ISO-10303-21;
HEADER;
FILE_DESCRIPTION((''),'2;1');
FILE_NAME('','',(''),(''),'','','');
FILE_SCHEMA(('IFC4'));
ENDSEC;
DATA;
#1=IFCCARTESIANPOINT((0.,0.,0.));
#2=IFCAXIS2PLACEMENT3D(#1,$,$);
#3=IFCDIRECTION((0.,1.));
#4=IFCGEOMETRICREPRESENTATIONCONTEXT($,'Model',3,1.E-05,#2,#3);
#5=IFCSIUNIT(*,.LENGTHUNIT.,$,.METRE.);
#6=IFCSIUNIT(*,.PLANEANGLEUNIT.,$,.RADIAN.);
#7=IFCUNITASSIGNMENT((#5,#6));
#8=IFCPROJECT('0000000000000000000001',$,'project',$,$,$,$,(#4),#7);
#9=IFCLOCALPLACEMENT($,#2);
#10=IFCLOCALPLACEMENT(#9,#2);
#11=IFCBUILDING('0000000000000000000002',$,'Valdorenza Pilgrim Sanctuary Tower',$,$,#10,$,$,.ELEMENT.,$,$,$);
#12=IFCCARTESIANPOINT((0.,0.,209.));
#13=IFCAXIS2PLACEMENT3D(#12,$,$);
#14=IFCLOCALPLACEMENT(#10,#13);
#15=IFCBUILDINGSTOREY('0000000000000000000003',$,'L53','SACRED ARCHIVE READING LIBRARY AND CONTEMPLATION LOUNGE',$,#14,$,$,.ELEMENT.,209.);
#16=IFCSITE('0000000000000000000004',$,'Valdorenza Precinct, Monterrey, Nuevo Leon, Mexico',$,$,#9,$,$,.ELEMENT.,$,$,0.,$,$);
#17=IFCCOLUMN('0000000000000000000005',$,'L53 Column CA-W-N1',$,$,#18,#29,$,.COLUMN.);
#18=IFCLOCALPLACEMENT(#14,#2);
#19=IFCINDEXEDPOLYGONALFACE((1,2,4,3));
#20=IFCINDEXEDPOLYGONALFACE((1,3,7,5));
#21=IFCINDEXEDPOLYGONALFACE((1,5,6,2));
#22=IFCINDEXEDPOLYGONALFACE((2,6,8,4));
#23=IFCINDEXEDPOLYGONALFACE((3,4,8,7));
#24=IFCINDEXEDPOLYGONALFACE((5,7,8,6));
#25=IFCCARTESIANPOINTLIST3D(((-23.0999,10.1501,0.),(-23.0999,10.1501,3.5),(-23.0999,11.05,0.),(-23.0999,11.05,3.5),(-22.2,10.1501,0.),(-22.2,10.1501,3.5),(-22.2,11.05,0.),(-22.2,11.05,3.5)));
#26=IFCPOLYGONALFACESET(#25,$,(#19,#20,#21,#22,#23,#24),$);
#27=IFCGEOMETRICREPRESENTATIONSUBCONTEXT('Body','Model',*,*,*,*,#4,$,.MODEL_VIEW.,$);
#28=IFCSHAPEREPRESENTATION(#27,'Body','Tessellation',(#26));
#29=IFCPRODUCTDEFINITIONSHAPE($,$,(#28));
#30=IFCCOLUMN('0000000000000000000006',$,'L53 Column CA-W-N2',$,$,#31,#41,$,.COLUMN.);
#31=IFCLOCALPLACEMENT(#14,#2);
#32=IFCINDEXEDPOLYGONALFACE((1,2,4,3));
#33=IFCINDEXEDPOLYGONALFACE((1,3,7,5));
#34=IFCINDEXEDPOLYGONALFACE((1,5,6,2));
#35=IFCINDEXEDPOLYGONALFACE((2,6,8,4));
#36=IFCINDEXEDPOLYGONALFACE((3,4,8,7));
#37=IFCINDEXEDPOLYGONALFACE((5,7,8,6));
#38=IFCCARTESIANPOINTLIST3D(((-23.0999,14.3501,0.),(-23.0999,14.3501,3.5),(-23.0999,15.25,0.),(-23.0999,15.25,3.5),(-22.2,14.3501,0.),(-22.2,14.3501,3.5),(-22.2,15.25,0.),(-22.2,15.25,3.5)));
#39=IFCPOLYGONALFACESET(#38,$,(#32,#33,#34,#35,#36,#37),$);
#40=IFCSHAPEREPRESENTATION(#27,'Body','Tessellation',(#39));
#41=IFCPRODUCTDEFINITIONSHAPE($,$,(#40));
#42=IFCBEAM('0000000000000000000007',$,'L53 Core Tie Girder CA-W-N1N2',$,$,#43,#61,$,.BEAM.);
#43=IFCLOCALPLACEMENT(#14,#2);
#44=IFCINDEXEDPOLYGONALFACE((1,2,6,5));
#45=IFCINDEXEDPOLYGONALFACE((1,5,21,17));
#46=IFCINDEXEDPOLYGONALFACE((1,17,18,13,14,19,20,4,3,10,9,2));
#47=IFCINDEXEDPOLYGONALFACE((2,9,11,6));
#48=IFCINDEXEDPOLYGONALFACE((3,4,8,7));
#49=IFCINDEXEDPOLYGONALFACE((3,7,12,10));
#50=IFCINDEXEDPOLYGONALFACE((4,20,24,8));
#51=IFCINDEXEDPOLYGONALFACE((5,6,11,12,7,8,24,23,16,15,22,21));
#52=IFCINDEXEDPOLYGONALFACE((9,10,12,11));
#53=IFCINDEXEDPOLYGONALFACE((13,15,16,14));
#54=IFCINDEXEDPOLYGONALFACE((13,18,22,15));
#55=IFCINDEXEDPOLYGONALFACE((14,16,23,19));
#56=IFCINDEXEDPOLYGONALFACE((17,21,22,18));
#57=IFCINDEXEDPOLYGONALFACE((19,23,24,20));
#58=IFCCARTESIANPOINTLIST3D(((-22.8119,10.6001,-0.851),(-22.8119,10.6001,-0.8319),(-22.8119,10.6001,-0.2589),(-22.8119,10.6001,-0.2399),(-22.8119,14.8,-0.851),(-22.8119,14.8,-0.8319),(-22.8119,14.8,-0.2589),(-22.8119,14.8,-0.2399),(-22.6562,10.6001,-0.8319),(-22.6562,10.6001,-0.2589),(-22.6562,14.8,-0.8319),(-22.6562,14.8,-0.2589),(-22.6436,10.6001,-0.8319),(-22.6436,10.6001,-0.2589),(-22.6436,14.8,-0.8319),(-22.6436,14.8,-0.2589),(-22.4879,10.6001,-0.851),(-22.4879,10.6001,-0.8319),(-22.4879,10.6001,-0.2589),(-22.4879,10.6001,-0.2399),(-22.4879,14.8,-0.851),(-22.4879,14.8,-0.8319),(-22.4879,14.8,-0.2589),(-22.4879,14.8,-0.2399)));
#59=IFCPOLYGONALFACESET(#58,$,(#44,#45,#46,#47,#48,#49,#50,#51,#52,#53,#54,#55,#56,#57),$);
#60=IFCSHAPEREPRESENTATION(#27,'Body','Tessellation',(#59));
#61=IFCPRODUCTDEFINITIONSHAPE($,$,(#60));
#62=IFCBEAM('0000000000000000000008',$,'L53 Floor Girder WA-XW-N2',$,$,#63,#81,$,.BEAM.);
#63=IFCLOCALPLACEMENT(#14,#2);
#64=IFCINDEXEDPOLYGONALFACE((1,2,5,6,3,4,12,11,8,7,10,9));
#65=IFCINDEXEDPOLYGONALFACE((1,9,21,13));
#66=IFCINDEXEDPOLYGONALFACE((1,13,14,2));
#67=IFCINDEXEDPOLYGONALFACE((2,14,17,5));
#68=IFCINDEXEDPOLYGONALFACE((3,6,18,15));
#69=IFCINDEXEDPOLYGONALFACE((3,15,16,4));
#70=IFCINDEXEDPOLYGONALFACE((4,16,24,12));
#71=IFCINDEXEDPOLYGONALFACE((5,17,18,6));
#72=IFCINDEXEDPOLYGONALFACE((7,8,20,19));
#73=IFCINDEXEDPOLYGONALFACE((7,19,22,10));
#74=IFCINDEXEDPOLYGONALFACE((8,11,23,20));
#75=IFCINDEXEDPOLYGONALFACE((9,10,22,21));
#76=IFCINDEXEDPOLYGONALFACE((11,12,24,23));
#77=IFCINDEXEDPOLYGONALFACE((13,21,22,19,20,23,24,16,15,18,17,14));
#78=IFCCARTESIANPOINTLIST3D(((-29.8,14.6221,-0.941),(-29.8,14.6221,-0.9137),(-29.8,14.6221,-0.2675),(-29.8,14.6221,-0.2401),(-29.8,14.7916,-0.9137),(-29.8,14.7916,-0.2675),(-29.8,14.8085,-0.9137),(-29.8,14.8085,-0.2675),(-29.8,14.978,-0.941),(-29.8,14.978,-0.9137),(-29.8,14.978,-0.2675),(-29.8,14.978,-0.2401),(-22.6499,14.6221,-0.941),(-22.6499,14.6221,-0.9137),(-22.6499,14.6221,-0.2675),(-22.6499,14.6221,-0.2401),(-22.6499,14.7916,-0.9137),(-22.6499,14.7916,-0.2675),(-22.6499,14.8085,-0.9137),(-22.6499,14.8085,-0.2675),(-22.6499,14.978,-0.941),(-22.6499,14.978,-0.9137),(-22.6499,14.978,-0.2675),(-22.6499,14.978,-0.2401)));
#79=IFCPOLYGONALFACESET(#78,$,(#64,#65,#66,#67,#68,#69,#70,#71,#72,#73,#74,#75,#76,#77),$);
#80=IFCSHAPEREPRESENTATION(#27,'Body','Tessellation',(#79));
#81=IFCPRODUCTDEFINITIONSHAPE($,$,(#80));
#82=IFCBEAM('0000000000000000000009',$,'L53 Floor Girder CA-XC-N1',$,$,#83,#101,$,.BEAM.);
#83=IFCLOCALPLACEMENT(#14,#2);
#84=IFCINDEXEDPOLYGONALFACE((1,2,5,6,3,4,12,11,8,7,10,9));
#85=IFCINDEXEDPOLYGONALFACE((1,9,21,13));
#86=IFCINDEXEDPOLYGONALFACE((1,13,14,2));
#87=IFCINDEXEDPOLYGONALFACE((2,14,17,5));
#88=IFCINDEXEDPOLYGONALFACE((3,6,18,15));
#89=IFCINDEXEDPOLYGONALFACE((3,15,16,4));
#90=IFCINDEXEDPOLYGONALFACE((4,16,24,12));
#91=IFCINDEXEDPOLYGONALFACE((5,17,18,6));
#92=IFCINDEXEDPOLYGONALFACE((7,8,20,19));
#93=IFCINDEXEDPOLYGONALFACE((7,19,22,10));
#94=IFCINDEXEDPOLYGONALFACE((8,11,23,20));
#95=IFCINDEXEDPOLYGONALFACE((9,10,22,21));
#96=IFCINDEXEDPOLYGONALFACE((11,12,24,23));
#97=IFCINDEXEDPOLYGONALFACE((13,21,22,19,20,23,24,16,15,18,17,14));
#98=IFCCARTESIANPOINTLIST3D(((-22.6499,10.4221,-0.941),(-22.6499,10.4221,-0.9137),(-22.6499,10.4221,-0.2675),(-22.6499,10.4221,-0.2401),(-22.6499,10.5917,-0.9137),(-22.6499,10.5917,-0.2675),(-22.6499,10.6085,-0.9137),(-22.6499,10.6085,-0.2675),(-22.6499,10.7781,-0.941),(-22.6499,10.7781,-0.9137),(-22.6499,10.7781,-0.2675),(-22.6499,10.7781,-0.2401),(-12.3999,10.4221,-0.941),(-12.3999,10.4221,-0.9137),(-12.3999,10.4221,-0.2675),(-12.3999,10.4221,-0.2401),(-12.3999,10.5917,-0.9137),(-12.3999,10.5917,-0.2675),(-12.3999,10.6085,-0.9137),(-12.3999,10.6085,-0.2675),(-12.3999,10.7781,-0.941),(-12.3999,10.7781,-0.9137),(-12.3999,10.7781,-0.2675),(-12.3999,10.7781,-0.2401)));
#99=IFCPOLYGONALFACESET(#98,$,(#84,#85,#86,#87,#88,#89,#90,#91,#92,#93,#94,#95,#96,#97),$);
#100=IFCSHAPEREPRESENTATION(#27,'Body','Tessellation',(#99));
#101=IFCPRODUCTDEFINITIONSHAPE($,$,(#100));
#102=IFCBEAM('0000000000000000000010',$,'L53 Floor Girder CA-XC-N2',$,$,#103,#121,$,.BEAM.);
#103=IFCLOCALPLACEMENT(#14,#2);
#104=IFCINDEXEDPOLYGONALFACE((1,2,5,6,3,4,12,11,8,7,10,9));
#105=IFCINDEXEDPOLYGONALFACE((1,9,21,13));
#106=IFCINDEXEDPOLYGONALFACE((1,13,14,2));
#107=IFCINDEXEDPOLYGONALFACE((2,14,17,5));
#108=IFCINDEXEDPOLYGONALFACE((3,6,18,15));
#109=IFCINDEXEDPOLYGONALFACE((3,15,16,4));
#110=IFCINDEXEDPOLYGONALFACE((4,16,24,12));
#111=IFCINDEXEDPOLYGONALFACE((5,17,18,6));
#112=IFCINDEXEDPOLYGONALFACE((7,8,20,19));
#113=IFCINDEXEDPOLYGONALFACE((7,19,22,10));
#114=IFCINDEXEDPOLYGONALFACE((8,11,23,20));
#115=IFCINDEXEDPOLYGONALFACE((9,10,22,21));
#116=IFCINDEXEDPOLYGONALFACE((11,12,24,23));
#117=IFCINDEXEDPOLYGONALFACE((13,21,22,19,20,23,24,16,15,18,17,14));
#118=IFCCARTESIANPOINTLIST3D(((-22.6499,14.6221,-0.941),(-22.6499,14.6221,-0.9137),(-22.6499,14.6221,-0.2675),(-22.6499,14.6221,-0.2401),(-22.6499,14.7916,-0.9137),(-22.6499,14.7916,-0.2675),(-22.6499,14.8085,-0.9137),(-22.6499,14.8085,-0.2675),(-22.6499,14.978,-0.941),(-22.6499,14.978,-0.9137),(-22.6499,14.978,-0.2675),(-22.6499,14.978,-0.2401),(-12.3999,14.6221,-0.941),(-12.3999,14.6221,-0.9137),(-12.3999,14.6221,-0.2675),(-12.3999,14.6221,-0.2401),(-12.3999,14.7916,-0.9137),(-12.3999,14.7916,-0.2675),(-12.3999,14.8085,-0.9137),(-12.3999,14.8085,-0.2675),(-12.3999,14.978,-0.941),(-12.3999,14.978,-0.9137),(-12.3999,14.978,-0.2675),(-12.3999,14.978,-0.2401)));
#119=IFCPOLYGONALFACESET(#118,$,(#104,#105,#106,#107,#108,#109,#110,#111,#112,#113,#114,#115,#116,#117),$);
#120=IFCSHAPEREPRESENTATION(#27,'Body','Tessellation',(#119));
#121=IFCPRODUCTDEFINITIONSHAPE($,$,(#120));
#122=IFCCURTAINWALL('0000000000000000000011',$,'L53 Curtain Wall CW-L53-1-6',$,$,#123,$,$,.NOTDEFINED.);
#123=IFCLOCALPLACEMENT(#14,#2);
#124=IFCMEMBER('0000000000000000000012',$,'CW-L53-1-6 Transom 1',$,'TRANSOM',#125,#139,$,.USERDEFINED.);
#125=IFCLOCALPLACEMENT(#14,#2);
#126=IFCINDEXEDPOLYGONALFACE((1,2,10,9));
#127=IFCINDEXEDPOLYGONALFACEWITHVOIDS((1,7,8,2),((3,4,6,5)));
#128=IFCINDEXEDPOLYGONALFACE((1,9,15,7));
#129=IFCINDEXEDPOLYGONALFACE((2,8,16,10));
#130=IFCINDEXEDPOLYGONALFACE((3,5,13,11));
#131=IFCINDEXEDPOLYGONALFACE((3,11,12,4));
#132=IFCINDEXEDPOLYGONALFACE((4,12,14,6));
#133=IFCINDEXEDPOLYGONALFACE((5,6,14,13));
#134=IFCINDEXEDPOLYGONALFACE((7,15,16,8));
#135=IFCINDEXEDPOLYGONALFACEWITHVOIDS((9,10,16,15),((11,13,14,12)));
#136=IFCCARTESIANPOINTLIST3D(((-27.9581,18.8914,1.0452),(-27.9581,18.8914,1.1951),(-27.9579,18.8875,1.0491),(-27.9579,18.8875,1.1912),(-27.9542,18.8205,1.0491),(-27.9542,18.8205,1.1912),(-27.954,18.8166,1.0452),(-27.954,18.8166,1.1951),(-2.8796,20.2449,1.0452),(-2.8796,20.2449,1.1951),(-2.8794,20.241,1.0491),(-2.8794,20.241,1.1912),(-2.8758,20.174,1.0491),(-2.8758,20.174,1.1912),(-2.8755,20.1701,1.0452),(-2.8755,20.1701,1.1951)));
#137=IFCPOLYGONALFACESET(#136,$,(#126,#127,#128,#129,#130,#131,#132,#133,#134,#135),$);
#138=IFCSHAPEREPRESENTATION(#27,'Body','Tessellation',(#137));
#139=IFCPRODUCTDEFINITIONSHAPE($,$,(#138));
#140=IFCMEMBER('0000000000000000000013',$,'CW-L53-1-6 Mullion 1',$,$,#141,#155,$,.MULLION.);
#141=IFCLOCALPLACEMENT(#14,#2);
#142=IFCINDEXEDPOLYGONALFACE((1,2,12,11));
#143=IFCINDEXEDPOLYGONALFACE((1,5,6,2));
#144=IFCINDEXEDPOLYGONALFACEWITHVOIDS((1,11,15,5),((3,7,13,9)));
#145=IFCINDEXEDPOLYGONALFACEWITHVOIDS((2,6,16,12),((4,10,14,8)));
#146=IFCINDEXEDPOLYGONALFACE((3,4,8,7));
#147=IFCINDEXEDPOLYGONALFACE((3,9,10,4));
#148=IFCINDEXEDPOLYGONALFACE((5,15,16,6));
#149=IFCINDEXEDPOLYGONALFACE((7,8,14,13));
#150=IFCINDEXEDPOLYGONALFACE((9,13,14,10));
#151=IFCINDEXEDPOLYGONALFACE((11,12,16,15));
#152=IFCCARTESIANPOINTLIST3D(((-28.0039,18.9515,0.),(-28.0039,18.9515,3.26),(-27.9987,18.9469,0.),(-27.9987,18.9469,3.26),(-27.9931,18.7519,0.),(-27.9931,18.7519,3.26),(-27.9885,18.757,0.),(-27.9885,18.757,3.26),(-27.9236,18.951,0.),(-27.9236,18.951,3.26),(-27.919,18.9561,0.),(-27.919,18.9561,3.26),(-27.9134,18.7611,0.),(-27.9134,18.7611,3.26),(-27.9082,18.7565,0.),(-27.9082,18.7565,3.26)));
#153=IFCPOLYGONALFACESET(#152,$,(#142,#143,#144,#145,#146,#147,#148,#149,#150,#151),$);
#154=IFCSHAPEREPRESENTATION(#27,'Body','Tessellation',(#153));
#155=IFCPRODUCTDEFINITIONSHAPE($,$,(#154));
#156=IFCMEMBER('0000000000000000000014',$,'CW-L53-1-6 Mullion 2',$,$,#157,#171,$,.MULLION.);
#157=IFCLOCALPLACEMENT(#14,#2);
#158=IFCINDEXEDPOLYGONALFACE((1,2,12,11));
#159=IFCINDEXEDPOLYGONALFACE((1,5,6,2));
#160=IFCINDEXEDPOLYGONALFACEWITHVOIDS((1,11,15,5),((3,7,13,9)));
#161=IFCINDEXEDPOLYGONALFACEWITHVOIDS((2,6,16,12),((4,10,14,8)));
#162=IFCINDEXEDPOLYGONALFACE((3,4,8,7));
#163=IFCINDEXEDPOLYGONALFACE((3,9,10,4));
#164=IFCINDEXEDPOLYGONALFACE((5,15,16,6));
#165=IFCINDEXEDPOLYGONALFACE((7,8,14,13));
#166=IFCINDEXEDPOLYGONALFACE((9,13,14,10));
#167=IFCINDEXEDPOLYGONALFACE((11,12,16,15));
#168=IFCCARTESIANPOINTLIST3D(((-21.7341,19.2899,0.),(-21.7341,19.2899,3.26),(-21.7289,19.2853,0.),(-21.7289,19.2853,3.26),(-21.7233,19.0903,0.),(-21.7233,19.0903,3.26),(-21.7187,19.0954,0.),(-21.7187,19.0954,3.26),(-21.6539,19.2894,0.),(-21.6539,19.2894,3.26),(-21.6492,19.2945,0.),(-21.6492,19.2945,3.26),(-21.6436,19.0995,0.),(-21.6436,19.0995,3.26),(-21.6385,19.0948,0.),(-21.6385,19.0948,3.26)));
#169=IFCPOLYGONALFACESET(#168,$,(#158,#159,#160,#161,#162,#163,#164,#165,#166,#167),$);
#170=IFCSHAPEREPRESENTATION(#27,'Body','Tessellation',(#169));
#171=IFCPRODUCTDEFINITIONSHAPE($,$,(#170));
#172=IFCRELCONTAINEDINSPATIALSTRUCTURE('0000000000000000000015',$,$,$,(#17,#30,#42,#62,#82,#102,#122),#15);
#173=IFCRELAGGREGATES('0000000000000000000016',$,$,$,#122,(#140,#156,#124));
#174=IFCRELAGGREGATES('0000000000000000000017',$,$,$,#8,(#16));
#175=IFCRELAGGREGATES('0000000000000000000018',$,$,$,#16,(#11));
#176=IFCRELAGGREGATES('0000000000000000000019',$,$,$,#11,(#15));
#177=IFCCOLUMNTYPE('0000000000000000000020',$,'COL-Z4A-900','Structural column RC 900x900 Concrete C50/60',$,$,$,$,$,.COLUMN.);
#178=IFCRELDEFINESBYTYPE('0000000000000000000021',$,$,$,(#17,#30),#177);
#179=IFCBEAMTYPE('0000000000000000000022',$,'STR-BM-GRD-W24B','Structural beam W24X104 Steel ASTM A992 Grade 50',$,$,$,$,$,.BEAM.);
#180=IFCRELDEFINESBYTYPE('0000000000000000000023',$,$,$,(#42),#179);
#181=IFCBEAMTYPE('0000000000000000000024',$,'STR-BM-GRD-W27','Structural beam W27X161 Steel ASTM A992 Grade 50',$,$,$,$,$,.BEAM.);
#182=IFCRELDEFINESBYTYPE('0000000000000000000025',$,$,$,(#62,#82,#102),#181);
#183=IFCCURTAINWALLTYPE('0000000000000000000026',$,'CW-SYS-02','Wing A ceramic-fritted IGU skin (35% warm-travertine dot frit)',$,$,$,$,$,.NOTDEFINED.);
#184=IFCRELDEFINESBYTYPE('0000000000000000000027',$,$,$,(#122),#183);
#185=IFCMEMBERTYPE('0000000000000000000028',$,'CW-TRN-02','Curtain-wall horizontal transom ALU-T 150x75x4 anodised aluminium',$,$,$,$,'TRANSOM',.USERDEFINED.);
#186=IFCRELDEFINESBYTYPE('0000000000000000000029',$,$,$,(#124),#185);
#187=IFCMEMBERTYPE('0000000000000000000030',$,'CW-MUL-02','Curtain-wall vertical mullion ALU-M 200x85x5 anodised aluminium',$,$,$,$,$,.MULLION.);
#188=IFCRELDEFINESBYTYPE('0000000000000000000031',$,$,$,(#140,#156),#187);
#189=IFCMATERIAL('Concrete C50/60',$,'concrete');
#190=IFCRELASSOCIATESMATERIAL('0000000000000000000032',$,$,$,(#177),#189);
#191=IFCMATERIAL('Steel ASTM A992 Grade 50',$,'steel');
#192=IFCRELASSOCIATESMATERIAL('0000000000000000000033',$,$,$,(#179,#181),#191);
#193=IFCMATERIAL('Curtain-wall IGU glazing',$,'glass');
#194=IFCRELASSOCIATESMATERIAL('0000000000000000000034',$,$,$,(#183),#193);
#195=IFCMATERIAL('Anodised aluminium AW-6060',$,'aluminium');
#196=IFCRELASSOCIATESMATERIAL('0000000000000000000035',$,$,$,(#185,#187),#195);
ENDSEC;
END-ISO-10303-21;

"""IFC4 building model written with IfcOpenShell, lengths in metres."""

from ifc_helpers import new_model, si_unit, direction, frame, origin, origin_2d, place, context, subcontext, project, spatial, rectangle, hollow_rectangle, i_section, extrude, source, transform, mapped, material, material_profile, profile_set, type_object, element, aggregate, save


model = new_model("IFC4")

# Units and contexts
model_context = context("Model", 3, precision=1e-05, world=origin(), true_north=direction((0.0, 1.0)))
body_context = subcontext(model_context, "Body", "Model", "MODEL_VIEW")
ifc_project = project(units=[si_unit("LENGTHUNIT", "METRE"), si_unit("PLANEANGLEUNIT", "RADIAN")], contexts=[model_context])

# Site, building, storey
site_placement = place(None, origin())
site = spatial("IfcSite", under=ifc_project, at=site_placement, Name="Valdorenza Precinct, Monterrey, Nuevo Leon, Mexico", CompositionType="ELEMENT", RefElevation=0.0)
building_placement = place(site_placement, origin())
building = spatial("IfcBuilding", under=site, at=building_placement, Name="Valdorenza Pilgrim Sanctuary Tower", CompositionType="ELEMENT")
storey_placement = place(building_placement, frame((0.0, 0.0, 209.0)))
storey = spatial("IfcBuildingStorey", under=building, at=storey_placement, Name="L53", Description="SACRED ARCHIVE READING LIBRARY AND CONTEMPLATION LOUNGE", CompositionType="ELEMENT", Elevation=209.0)

# Columns
ifc_material_1 = material(Name="Concrete C50/60", Category="concrete")
ifc_material_profile_1 = material_profile(ifc_material_1, rectangle(XDim=0.8999, YDim=0.8999, at=origin_2d()), Name="RC 900x900")
ifc_profile_set_1 = profile_set([ifc_material_profile_1], Name="Concrete C50/60")
column_type = type_object("IfcColumnType", Name="COL-Z4A-900", Description="Structural column RC 900x900 Concrete C50/60", PredefinedType="COLUMN", material=ifc_profile_set_1)
shared_shape_1 = source(origin(), body_context, "Body", "SweptSolid", [
    extrude(rectangle(XDim=0.8999, YDim=0.8999, at=origin_2d()), origin(), (0.0, 0.0, 1.0), 3.5),
])
for number, where, z_axis, x_axis, name in (
    (1, (-22.6499, 10.6001, 0.0), (0.0, 0.0, 1.0), (1.0, 0.0, 0.0), "L53 Column CA-W-N1"),
    (2, (-22.6499, 14.8, 0.0), (0.0, 0.0, 1.0), (1.0, 0.0, 0.0), "L53 Column CA-W-N2"),
):
    element("IfcColumn", number, at=place(storey_placement, frame(where, z_axis=z_axis, x_axis=x_axis)), inside=storey, type_object=column_type, Name=name, PredefinedType="COLUMN", context=body_context, shape_type="MappedRepresentation", body=[
        mapped(shared_shape_1, transform((0.0, 0.0, 0.0), x_axis=(1.0, 0.0, 0.0), y_axis=(0.0, 1.0, 0.0), z_axis=(0.0, 0.0, 1.0), scale=1.0)),
    ])

# Beams
ifc_material_2 = material(Name="Steel ASTM A992 Grade 50", Category="steel")
ifc_material_profile_2 = material_profile(ifc_material_2, i_section(OverallWidth=0.324, OverallDepth=0.6111, WebThickness=0.0127, FlangeThickness=0.019, at=origin_2d()), Name="W24X104")
ifc_profile_set_2 = profile_set([ifc_material_profile_2], Name="Steel ASTM A992 Grade 50")
beam_type_1 = type_object("IfcBeamType", Name="STR-BM-GRD-W24B", Description="Structural beam W24X104 Steel ASTM A992 Grade 50", PredefinedType="BEAM", material=ifc_profile_set_2)
shared_shape_2 = source(origin(), body_context, "Body", "SweptSolid", [
    extrude(i_section(OverallWidth=0.324, OverallDepth=0.6111, WebThickness=0.0127, FlangeThickness=0.019, at=origin_2d()), origin(), (0.0, 0.0, 1.0), 4.2),
])
beam_1_placement = place(storey_placement, frame((-22.6499, 10.6001, -0.5454), z_axis=(0.0, 1.0, 0.0), x_axis=(-1.0, 0.0, 0.0)))
element("IfcBeam", 3, at=beam_1_placement, inside=storey, type_object=beam_type_1, Name="L53 Core Tie Girder CA-W-N1N2", PredefinedType="BEAM", context=body_context, shape_type="MappedRepresentation", body=[
    mapped(shared_shape_2, transform((0.0, 0.0, 0.0), x_axis=(1.0, 0.0, 0.0), y_axis=(0.0, 1.0, 0.0), z_axis=(0.0, 0.0, 1.0), scale=1.0)),
])
ifc_material_profile_3 = material_profile(ifc_material_2, i_section(OverallWidth=0.356, OverallDepth=0.7009, WebThickness=0.0168, FlangeThickness=0.0273, at=origin_2d()), Name="W27X161")
ifc_profile_set_3 = profile_set([ifc_material_profile_3], Name="Steel ASTM A992 Grade 50")
beam_type_2 = type_object("IfcBeamType", Name="STR-BM-GRD-W27", Description="Structural beam W27X161 Steel ASTM A992 Grade 50", PredefinedType="BEAM", material=ifc_profile_set_3)
shared_shape_3 = source(origin(), body_context, "Body", "SweptSolid", [
    extrude(i_section(OverallWidth=0.356, OverallDepth=0.7009, WebThickness=0.0168, FlangeThickness=0.0273, at=origin_2d()), origin(), (0.0, 0.0, 1.0), 7.1501),
])
beam_2_placement = place(storey_placement, frame((-29.8, 14.8, -0.5906), z_axis=(1.0, 0.0, 0.0), x_axis=(0.0, 1.0, 0.0)))
element("IfcBeam", 4, at=beam_2_placement, inside=storey, type_object=beam_type_2, Name="L53 Floor Girder WA-XW-N2", PredefinedType="BEAM", context=body_context, shape_type="MappedRepresentation", body=[
    mapped(shared_shape_3, transform((0.0, 0.0, 0.0), x_axis=(1.0, 0.0, 0.0), y_axis=(0.0, 1.0, 0.0), z_axis=(0.0, 0.0, 1.0), scale=1.0)),
])
shared_shape_4 = source(origin(), body_context, "Body", "SweptSolid", [
    extrude(i_section(OverallWidth=0.356, OverallDepth=0.7009, WebThickness=0.0168, FlangeThickness=0.0273, at=origin_2d()), origin(), (0.0, 0.0, 1.0), 10.25),
])
for number, where, z_axis, x_axis, name in (
    (5, (-22.6499, 10.6001, -0.5906), (1.0, 0.0, 0.0), (0.0, 1.0, 0.0), "L53 Floor Girder CA-XC-N1"),
    (6, (-22.6499, 14.8, -0.5906), (1.0, 0.0, 0.0), (0.0, 1.0, 0.0), "L53 Floor Girder CA-XC-N2"),
):
    element("IfcBeam", number, at=place(storey_placement, frame(where, z_axis=z_axis, x_axis=x_axis)), inside=storey, type_object=beam_type_2, Name=name, PredefinedType="BEAM", context=body_context, shape_type="MappedRepresentation", body=[
        mapped(shared_shape_4, transform((0.0, 0.0, 0.0), x_axis=(1.0, 0.0, 0.0), y_axis=(0.0, 1.0, 0.0), z_axis=(0.0, 0.0, 1.0), scale=1.0)),
    ])

# Curtain wall, members
ifc_material_3 = material(Name="Curtain-wall IGU glazing", Category="glass")
curtain_wall_type = type_object("IfcCurtainWallType", Name="CW-SYS-02", Description="Wing A ceramic-fritted IGU skin (35% warm-travertine dot frit)", PredefinedType="NOTDEFINED", material=ifc_material_3)
curtain_wall_placement = place(storey_placement, origin())
curtain_wall = element("IfcCurtainWall", 7, at=curtain_wall_placement, inside=storey, type_object=curtain_wall_type, Name="L53 Curtain Wall CW-L53-1-6", PredefinedType="NOTDEFINED")
ifc_material_4 = material(Name="Anodised aluminium AW-6060", Category="aluminium")
ifc_material_profile_4 = material_profile(ifc_material_4, hollow_rectangle(XDim=0.075, YDim=0.1499, WallThickness=0.0039, at=origin_2d()), Name="ALU-T 150x75x4")
ifc_profile_set_4 = profile_set([ifc_material_profile_4], Name="Anodised aluminium AW-6060")
member_type_1 = type_object("IfcMemberType", Name="CW-TRN-02", Description="Curtain-wall horizontal transom ALU-T 150x75x4 anodised aluminium", ElementType="TRANSOM", PredefinedType="USERDEFINED", material=ifc_profile_set_4)
shared_shape_5 = source(origin(), body_context, "Body", "SweptSolid", [
    extrude(hollow_rectangle(XDim=0.075, YDim=0.1499, WallThickness=0.0039, at=origin_2d()), origin(), (0.0, 0.0, 1.0), 25.115),
])
member_1_placement = place(storey_placement, frame((-27.9561, 18.854, 1.1201), z_axis=(0.998547, 0.053893, 0.0), x_axis=(-0.053893, 0.998547, 0.0)))
member_1 = element("IfcMember", 8, at=member_1_placement, type_object=member_type_1, Name="CW-L53-1-6 Transom 1", ObjectType="TRANSOM", PredefinedType="USERDEFINED", context=body_context, shape_type="MappedRepresentation", body=[
    mapped(shared_shape_5, transform((0.0, 0.0, 0.0), x_axis=(1.0, 0.0, 0.0), y_axis=(0.0, 1.0, 0.0), z_axis=(0.0, 0.0, 1.0), scale=1.0)),
])
ifc_material_profile_5 = material_profile(ifc_material_4, hollow_rectangle(XDim=0.085, YDim=0.2, WallThickness=0.0049, at=origin_2d()), Name="ALU-M 200x85x5")
ifc_profile_set_5 = profile_set([ifc_material_profile_5], Name="Anodised aluminium AW-6060")
member_type_2 = type_object("IfcMemberType", Name="CW-MUL-02", Description="Curtain-wall vertical mullion ALU-M 200x85x5 anodised aluminium", PredefinedType="MULLION", material=ifc_profile_set_5)
shared_shape_6 = source(origin(), body_context, "Body", "SweptSolid", [
    extrude(hollow_rectangle(XDim=0.085, YDim=0.2, WallThickness=0.0049, at=origin_2d()), origin(), (0.0, 0.0, 1.0), 3.26),
])
member_2_placement = place(storey_placement, frame((-27.9561, 18.854, 0.0), z_axis=(0.0, 0.0, 1.0), x_axis=(0.998547, 0.053887, 0.0)))
member_2 = element("IfcMember", 9, at=member_2_placement, type_object=member_type_2, Name="CW-L53-1-6 Mullion 1", PredefinedType="MULLION", context=body_context, shape_type="MappedRepresentation", body=[
    mapped(shared_shape_6, transform((0.0, 0.0, 0.0), x_axis=(1.0, 0.0, 0.0), y_axis=(0.0, 1.0, 0.0), z_axis=(0.0, 0.0, 1.0), scale=1.0)),
])
member_3_placement = place(storey_placement, frame((-21.6863, 19.1924, 0.0), z_axis=(0.0, 0.0, 1.0), x_axis=(0.998547, 0.053887, 0.0)))
member_3 = element("IfcMember", 10, at=member_3_placement, type_object=member_type_2, Name="CW-L53-1-6 Mullion 2", PredefinedType="MULLION", context=body_context, shape_type="MappedRepresentation", body=[
    mapped(shared_shape_6, transform((0.0, 0.0, 0.0), x_axis=(1.0, 0.0, 0.0), y_axis=(0.0, 1.0, 0.0), z_axis=(0.0, 0.0, 1.0), scale=1.0)),
])
aggregate(curtain_wall, [member_2, member_3, member_1])

save(model, "model.ifc")
